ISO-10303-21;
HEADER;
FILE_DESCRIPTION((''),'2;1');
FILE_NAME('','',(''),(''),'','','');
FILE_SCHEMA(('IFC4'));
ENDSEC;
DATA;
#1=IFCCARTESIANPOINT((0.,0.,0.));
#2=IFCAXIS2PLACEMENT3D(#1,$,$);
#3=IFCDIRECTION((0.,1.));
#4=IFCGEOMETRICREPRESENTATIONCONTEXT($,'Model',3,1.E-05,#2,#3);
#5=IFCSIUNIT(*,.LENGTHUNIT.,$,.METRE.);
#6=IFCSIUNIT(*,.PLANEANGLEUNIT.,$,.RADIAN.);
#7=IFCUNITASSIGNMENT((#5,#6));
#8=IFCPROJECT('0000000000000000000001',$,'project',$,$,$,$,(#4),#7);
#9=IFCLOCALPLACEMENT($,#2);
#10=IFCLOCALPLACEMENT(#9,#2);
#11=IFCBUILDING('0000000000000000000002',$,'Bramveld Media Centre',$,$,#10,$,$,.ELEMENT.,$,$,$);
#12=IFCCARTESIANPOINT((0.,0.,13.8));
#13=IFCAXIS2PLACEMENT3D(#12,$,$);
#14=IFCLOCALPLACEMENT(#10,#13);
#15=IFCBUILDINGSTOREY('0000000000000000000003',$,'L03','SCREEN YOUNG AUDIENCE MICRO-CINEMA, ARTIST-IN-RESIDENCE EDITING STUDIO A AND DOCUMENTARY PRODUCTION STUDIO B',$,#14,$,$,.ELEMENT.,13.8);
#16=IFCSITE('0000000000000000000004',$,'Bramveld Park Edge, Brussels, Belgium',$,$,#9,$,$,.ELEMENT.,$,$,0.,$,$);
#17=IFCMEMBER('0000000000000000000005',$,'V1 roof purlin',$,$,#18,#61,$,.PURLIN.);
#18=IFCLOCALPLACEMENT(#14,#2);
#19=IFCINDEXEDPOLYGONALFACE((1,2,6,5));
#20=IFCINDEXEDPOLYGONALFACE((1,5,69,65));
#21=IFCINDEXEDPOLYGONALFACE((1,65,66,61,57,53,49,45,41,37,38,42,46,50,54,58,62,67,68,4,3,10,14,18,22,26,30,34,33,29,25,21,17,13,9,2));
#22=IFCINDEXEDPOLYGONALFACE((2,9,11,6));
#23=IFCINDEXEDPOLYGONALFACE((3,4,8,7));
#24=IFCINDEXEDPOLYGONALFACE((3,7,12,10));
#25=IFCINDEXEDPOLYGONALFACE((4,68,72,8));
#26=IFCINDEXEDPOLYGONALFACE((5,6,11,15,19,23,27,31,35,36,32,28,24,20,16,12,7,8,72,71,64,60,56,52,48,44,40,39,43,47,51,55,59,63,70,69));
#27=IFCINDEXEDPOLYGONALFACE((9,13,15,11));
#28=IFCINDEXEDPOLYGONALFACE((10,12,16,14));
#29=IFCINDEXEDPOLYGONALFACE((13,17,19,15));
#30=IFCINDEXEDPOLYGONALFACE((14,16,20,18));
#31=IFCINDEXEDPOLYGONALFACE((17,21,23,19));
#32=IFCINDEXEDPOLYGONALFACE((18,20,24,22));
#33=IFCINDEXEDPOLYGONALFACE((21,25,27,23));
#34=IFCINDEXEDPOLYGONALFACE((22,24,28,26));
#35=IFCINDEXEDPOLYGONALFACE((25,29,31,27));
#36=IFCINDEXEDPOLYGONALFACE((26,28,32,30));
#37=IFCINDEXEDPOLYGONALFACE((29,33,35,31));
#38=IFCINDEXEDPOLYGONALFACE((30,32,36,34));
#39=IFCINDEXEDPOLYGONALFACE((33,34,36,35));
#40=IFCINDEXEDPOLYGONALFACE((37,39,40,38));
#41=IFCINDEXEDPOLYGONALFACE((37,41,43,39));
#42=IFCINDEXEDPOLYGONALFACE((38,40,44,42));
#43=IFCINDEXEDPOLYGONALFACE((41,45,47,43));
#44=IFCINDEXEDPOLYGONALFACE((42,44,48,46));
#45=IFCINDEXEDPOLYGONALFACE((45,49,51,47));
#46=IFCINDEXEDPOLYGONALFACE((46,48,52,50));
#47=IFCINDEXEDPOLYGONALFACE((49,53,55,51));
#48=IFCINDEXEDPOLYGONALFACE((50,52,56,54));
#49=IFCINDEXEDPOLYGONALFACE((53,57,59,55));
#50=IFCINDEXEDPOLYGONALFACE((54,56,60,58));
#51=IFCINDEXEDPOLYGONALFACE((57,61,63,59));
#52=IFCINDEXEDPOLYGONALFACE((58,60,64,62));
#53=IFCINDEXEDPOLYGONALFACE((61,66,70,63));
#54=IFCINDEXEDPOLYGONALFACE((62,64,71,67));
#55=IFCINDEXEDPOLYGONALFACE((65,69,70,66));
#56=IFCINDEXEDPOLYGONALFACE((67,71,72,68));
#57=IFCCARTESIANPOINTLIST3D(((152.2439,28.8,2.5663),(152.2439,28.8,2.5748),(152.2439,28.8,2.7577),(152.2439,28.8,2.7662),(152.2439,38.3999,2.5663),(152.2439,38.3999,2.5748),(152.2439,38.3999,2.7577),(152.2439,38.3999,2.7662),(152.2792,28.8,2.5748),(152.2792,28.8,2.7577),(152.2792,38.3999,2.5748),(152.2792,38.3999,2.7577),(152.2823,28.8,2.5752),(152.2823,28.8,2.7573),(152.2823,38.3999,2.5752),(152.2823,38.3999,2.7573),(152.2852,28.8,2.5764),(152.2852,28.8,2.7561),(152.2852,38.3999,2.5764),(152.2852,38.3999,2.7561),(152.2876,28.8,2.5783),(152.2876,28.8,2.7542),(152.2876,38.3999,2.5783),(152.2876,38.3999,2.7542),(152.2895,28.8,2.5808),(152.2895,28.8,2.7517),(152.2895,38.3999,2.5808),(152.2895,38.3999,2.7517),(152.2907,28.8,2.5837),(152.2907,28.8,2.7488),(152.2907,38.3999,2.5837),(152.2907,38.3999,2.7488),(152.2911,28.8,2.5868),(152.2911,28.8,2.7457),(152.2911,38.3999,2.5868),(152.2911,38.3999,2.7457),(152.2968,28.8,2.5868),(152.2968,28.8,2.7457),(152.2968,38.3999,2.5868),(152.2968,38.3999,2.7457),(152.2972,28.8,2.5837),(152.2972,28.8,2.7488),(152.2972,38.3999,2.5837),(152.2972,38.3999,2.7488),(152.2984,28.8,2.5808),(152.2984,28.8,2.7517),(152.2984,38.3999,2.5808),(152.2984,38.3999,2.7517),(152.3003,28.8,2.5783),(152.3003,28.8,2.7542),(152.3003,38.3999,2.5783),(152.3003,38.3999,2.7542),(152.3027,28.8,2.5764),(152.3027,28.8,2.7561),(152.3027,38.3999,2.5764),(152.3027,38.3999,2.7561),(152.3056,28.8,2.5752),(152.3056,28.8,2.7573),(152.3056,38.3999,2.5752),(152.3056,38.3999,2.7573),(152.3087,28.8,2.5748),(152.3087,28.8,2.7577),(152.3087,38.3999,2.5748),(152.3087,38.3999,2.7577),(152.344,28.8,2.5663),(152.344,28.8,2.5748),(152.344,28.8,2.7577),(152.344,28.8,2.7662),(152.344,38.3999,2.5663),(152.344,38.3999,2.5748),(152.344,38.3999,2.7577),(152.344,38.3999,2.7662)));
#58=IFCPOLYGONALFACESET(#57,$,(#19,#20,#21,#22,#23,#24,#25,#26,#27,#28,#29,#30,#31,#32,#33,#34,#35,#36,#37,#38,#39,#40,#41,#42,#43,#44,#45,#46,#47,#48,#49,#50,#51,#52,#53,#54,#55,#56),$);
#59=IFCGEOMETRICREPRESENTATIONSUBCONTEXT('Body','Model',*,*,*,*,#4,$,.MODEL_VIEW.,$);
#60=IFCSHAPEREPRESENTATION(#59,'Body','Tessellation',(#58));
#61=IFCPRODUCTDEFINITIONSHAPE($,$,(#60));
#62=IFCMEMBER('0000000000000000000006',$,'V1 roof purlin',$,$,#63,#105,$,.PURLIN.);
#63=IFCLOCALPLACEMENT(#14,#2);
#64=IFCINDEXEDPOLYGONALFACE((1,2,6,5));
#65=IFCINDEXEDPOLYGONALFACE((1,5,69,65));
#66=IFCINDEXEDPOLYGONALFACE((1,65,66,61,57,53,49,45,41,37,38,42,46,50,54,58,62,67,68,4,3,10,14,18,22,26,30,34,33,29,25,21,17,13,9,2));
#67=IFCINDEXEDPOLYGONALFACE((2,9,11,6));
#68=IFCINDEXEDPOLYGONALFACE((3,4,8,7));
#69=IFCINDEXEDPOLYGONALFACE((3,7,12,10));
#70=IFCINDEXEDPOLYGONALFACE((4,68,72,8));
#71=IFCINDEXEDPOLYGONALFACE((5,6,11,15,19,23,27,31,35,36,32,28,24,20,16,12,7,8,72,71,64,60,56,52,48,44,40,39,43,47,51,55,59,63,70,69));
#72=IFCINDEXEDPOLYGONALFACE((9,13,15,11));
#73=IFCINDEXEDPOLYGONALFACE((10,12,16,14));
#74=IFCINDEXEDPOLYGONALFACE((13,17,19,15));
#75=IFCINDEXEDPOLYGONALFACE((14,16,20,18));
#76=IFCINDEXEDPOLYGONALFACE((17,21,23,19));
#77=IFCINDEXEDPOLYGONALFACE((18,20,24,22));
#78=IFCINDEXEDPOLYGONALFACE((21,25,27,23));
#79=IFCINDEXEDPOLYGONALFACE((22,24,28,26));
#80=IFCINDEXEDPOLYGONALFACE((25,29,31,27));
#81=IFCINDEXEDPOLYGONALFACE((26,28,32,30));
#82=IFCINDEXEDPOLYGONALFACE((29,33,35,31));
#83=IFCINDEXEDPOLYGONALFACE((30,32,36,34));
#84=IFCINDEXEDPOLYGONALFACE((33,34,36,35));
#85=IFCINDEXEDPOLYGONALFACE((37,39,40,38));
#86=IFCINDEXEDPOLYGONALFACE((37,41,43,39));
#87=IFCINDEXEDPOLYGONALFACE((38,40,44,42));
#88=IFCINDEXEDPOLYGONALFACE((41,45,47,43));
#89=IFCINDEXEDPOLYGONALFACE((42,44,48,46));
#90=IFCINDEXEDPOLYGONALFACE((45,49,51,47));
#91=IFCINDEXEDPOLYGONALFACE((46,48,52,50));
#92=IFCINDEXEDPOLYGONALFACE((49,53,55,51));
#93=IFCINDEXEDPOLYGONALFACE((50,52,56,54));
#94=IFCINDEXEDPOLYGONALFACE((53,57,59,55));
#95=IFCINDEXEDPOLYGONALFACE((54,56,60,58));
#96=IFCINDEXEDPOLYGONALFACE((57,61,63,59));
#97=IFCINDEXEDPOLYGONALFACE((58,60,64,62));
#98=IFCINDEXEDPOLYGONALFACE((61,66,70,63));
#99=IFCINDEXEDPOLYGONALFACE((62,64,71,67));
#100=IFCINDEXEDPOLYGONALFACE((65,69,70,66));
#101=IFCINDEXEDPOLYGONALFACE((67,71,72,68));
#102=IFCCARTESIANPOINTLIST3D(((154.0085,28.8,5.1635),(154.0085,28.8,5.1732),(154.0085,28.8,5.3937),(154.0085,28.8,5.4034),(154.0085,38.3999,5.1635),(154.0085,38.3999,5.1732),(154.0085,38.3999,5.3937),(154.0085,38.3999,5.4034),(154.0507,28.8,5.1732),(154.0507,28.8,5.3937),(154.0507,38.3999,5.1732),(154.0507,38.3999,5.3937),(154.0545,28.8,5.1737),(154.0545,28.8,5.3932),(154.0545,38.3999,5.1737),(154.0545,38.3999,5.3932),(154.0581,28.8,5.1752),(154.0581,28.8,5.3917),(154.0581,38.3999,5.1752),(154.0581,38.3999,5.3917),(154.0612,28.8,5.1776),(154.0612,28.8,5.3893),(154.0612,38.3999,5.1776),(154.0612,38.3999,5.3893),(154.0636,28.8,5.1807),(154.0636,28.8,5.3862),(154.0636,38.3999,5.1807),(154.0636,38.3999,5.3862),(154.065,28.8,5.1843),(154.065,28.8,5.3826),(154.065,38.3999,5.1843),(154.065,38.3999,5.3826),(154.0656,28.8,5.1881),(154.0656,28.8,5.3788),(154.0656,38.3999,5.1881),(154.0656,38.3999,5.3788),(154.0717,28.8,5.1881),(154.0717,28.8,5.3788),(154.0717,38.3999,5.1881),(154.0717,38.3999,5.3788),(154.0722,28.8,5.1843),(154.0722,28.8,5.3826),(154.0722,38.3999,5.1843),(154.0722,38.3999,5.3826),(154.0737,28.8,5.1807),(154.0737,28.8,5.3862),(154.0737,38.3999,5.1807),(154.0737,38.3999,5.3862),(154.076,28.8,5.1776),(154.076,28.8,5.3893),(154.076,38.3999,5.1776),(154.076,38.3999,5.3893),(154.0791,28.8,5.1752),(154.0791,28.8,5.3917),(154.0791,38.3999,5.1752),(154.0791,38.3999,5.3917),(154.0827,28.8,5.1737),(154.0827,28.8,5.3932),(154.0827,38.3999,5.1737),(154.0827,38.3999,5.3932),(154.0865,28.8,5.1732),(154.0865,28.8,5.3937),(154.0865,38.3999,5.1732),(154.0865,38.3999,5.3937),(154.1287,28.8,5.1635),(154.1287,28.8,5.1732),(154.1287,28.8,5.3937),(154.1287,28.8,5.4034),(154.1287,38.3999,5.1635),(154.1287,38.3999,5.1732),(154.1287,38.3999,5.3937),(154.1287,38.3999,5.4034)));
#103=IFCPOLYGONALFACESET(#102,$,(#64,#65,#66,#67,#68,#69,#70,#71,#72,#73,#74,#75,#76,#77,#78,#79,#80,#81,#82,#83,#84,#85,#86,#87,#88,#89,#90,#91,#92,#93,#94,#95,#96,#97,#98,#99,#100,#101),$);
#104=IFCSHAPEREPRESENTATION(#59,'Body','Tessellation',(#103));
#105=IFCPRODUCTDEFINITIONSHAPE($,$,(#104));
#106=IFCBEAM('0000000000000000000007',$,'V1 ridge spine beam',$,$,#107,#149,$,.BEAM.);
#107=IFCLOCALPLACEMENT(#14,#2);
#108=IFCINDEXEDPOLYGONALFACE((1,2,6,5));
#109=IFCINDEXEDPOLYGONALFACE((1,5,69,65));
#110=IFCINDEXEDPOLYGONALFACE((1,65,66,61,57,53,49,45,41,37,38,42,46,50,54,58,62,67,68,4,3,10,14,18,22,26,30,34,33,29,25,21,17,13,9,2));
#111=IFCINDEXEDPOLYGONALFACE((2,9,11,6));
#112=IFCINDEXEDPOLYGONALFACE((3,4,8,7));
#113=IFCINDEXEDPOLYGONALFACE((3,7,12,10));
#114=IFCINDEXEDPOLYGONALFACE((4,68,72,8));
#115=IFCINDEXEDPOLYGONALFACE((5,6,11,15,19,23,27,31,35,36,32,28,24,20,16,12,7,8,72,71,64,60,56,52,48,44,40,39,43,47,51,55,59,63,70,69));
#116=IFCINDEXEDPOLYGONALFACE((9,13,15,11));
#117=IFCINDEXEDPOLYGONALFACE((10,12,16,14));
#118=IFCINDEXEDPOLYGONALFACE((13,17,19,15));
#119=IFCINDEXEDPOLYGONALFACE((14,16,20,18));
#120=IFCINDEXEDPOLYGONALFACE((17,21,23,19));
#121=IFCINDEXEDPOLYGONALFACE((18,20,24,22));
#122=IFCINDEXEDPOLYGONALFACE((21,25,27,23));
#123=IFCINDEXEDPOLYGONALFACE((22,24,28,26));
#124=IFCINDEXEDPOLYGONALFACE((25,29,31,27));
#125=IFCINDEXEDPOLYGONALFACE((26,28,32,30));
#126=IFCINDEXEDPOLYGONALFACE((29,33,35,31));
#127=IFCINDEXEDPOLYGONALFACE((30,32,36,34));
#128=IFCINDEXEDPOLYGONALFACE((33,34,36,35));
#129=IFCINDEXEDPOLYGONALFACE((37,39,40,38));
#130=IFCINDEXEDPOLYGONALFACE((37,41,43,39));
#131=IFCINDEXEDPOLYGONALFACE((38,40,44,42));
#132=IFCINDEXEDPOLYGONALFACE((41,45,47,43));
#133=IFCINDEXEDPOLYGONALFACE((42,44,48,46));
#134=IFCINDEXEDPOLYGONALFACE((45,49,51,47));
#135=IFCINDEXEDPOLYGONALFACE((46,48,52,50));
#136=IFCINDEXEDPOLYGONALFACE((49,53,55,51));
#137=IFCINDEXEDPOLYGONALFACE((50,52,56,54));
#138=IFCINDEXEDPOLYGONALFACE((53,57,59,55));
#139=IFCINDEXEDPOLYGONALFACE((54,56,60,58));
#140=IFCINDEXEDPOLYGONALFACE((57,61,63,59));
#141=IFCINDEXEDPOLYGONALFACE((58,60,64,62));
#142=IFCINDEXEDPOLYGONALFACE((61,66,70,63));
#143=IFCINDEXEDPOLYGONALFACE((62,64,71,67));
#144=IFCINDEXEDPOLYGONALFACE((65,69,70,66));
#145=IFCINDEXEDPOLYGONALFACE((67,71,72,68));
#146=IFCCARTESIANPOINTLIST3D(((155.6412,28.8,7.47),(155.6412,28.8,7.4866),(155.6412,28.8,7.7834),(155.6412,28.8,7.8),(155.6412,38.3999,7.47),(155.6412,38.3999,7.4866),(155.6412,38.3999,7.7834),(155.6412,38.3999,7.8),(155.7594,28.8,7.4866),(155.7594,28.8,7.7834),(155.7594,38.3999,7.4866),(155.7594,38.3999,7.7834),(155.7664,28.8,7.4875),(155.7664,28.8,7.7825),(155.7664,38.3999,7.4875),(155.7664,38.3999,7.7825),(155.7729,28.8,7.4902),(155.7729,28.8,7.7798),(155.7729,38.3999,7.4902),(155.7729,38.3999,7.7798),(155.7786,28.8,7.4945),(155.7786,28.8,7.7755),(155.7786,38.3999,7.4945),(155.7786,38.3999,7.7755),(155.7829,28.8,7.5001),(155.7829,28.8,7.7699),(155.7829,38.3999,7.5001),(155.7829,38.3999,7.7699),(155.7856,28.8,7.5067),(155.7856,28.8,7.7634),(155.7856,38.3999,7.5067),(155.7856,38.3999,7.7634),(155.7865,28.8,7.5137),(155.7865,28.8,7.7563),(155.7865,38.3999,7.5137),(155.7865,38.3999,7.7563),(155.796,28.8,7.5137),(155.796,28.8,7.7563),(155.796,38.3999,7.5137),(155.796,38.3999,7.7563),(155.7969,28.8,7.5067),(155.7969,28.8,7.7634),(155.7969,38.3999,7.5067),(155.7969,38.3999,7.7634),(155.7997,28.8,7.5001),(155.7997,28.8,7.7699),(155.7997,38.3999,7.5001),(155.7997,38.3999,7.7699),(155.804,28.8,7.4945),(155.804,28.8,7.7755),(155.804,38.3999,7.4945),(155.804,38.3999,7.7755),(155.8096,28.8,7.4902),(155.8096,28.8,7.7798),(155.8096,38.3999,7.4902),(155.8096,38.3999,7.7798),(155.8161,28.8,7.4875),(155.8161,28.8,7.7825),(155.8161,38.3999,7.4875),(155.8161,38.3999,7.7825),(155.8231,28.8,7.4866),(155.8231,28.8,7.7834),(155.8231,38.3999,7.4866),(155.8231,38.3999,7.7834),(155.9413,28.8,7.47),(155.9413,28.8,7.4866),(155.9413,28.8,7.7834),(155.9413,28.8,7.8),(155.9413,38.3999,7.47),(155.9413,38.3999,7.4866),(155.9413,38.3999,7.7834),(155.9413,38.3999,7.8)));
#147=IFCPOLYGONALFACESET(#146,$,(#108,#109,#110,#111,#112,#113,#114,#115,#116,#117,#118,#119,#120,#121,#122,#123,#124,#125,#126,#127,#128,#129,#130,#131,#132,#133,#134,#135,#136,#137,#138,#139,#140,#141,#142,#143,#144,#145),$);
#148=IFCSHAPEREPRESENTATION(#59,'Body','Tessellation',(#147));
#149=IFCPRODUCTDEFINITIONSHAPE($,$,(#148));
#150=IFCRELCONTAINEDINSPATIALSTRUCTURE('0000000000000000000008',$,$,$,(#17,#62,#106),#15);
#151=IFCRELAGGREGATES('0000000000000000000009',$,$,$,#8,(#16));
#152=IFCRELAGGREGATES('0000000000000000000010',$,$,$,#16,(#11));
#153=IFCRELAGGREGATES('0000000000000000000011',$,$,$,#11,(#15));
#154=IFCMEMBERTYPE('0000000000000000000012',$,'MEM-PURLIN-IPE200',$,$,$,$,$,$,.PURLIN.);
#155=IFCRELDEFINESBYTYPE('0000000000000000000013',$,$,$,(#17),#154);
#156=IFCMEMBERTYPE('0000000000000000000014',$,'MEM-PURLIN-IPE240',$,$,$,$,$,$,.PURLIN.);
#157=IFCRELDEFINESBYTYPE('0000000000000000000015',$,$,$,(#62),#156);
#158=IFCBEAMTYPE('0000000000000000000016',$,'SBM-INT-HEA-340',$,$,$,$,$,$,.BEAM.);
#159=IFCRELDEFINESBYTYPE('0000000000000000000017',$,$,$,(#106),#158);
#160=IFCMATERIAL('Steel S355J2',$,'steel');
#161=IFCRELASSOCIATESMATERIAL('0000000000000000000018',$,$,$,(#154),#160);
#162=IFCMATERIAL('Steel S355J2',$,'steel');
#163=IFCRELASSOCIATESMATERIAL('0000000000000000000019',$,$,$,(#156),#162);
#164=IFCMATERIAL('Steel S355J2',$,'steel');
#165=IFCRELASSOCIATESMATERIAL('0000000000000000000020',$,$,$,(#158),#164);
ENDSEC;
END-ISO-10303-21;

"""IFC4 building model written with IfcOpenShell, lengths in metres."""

from ifc_helpers import new_model, si_unit, direction, frame, origin, origin_2d, place, context, subcontext, project, spatial, i_section, extrude, material, material_profile, profile_set, type_object, element, save


model = new_model("IFC4")

# Units and contexts
model_context = context("Model", 3, precision=1e-05, world=origin(), true_north=direction((0.0, 1.0)))
body_context = subcontext(model_context, "Body", "Model", "MODEL_VIEW")
ifc_project = project(units=[si_unit("LENGTHUNIT", "METRE"), si_unit("PLANEANGLEUNIT", "RADIAN")], contexts=[model_context])

# Site, building, storey
site_placement = place(None, origin())
site = spatial("IfcSite", under=ifc_project, at=site_placement, Name="Bramveld Park Edge, Brussels, Belgium", CompositionType="ELEMENT", RefElevation=0.0)
building_placement = place(site_placement, origin())
building = spatial("IfcBuilding", under=site, at=building_placement, Name="Bramveld Media Centre", CompositionType="ELEMENT")
storey_placement = place(building_placement, frame((0.0, 0.0, 13.8)))
storey = spatial("IfcBuildingStorey", under=building, at=storey_placement, Name="L03", Description="SCREEN YOUNG AUDIENCE MICRO-CINEMA, ARTIST-IN-RESIDENCE EDITING STUDIO A AND DOCUMENTARY PRODUCTION STUDIO B", CompositionType="ELEMENT", Elevation=13.8)

# Members
ifc_material_1 = material(Name="Steel S355J2", Category="steel")
ifc_material_profile_1 = material_profile(ifc_material_1, i_section(OverallWidth=0.1001, OverallDepth=0.2, WebThickness=0.0056, FlangeThickness=0.0085, FilletRadius=0.012, at=origin_2d()), Name="IPE 200")
ifc_profile_set_1 = profile_set([ifc_material_profile_1], Name="Steel S355J2")
member_type_1 = type_object("IfcMemberType", Name="MEM-PURLIN-IPE200", PredefinedType="PURLIN", material=ifc_profile_set_1)
member_1_placement = place(storey_placement, frame((152.2939, 28.8, 2.6663), z_axis=(0.0, 1.0, 0.0), x_axis=(-1.0, 0.0, 0.0)))
element("IfcMember", 1, at=member_1_placement, inside=storey, type_object=member_type_1, Name="V1 roof purlin", PredefinedType="PURLIN", context=body_context, shape_type="SweptSolid", body=[
    extrude(i_section(OverallWidth=0.1001, OverallDepth=0.2, WebThickness=0.0056, FlangeThickness=0.0085, FilletRadius=0.012, at=origin_2d()), origin(), (0.0, 0.0, 1.0), 9.5999),
])
ifc_material_2 = material(Name="Steel S355J2", Category="steel")
ifc_material_profile_2 = material_profile(ifc_material_2, i_section(OverallWidth=0.1201, OverallDepth=0.24, WebThickness=0.0061, FlangeThickness=0.0098, FilletRadius=0.0149, at=origin_2d()), Name="IPE 240")
ifc_profile_set_2 = profile_set([ifc_material_profile_2], Name="Steel S355J2")
member_type_2 = type_object("IfcMemberType", Name="MEM-PURLIN-IPE240", PredefinedType="PURLIN", material=ifc_profile_set_2)
member_2_placement = place(storey_placement, frame((154.0686, 28.8, 5.2834), z_axis=(0.0, 1.0, 0.0), x_axis=(-1.0, 0.0, 0.0)))
element("IfcMember", 2, at=member_2_placement, inside=storey, type_object=member_type_2, Name="V1 roof purlin", PredefinedType="PURLIN", context=body_context, shape_type="SweptSolid", body=[
    extrude(i_section(OverallWidth=0.1201, OverallDepth=0.24, WebThickness=0.0061, FlangeThickness=0.0098, FilletRadius=0.0149, at=origin_2d()), origin(), (0.0, 0.0, 1.0), 9.5999),
])

# Beam
ifc_material_3 = material(Name="Steel S355J2", Category="steel")
ifc_material_profile_3 = material_profile(ifc_material_3, i_section(OverallWidth=0.3, OverallDepth=0.3301, WebThickness=0.0095, FlangeThickness=0.0166, FilletRadius=0.0271, at=origin_2d()), Name="HEA 340")
ifc_profile_set_3 = profile_set([ifc_material_profile_3], Name="Steel S355J2")
beam_type_1 = type_object("IfcBeamType", Name="SBM-INT-HEA-340", PredefinedType="BEAM", material=ifc_profile_set_3)
beam_1_placement = place(storey_placement, frame((155.7913, 28.8, 7.635), z_axis=(0.0, 1.0, 0.0), x_axis=(-1.0, 0.0, 0.0)))
element("IfcBeam", 3, at=beam_1_placement, inside=storey, type_object=beam_type_1, Name="V1 ridge spine beam", PredefinedType="BEAM", context=body_context, shape_type="SweptSolid", body=[
    extrude(i_section(OverallWidth=0.3, OverallDepth=0.3301, WebThickness=0.0095, FlangeThickness=0.0166, FilletRadius=0.0271, at=origin_2d()), origin(), (0.0, 0.0, 1.0), 9.5999),
])

save(model, "model.ifc")
